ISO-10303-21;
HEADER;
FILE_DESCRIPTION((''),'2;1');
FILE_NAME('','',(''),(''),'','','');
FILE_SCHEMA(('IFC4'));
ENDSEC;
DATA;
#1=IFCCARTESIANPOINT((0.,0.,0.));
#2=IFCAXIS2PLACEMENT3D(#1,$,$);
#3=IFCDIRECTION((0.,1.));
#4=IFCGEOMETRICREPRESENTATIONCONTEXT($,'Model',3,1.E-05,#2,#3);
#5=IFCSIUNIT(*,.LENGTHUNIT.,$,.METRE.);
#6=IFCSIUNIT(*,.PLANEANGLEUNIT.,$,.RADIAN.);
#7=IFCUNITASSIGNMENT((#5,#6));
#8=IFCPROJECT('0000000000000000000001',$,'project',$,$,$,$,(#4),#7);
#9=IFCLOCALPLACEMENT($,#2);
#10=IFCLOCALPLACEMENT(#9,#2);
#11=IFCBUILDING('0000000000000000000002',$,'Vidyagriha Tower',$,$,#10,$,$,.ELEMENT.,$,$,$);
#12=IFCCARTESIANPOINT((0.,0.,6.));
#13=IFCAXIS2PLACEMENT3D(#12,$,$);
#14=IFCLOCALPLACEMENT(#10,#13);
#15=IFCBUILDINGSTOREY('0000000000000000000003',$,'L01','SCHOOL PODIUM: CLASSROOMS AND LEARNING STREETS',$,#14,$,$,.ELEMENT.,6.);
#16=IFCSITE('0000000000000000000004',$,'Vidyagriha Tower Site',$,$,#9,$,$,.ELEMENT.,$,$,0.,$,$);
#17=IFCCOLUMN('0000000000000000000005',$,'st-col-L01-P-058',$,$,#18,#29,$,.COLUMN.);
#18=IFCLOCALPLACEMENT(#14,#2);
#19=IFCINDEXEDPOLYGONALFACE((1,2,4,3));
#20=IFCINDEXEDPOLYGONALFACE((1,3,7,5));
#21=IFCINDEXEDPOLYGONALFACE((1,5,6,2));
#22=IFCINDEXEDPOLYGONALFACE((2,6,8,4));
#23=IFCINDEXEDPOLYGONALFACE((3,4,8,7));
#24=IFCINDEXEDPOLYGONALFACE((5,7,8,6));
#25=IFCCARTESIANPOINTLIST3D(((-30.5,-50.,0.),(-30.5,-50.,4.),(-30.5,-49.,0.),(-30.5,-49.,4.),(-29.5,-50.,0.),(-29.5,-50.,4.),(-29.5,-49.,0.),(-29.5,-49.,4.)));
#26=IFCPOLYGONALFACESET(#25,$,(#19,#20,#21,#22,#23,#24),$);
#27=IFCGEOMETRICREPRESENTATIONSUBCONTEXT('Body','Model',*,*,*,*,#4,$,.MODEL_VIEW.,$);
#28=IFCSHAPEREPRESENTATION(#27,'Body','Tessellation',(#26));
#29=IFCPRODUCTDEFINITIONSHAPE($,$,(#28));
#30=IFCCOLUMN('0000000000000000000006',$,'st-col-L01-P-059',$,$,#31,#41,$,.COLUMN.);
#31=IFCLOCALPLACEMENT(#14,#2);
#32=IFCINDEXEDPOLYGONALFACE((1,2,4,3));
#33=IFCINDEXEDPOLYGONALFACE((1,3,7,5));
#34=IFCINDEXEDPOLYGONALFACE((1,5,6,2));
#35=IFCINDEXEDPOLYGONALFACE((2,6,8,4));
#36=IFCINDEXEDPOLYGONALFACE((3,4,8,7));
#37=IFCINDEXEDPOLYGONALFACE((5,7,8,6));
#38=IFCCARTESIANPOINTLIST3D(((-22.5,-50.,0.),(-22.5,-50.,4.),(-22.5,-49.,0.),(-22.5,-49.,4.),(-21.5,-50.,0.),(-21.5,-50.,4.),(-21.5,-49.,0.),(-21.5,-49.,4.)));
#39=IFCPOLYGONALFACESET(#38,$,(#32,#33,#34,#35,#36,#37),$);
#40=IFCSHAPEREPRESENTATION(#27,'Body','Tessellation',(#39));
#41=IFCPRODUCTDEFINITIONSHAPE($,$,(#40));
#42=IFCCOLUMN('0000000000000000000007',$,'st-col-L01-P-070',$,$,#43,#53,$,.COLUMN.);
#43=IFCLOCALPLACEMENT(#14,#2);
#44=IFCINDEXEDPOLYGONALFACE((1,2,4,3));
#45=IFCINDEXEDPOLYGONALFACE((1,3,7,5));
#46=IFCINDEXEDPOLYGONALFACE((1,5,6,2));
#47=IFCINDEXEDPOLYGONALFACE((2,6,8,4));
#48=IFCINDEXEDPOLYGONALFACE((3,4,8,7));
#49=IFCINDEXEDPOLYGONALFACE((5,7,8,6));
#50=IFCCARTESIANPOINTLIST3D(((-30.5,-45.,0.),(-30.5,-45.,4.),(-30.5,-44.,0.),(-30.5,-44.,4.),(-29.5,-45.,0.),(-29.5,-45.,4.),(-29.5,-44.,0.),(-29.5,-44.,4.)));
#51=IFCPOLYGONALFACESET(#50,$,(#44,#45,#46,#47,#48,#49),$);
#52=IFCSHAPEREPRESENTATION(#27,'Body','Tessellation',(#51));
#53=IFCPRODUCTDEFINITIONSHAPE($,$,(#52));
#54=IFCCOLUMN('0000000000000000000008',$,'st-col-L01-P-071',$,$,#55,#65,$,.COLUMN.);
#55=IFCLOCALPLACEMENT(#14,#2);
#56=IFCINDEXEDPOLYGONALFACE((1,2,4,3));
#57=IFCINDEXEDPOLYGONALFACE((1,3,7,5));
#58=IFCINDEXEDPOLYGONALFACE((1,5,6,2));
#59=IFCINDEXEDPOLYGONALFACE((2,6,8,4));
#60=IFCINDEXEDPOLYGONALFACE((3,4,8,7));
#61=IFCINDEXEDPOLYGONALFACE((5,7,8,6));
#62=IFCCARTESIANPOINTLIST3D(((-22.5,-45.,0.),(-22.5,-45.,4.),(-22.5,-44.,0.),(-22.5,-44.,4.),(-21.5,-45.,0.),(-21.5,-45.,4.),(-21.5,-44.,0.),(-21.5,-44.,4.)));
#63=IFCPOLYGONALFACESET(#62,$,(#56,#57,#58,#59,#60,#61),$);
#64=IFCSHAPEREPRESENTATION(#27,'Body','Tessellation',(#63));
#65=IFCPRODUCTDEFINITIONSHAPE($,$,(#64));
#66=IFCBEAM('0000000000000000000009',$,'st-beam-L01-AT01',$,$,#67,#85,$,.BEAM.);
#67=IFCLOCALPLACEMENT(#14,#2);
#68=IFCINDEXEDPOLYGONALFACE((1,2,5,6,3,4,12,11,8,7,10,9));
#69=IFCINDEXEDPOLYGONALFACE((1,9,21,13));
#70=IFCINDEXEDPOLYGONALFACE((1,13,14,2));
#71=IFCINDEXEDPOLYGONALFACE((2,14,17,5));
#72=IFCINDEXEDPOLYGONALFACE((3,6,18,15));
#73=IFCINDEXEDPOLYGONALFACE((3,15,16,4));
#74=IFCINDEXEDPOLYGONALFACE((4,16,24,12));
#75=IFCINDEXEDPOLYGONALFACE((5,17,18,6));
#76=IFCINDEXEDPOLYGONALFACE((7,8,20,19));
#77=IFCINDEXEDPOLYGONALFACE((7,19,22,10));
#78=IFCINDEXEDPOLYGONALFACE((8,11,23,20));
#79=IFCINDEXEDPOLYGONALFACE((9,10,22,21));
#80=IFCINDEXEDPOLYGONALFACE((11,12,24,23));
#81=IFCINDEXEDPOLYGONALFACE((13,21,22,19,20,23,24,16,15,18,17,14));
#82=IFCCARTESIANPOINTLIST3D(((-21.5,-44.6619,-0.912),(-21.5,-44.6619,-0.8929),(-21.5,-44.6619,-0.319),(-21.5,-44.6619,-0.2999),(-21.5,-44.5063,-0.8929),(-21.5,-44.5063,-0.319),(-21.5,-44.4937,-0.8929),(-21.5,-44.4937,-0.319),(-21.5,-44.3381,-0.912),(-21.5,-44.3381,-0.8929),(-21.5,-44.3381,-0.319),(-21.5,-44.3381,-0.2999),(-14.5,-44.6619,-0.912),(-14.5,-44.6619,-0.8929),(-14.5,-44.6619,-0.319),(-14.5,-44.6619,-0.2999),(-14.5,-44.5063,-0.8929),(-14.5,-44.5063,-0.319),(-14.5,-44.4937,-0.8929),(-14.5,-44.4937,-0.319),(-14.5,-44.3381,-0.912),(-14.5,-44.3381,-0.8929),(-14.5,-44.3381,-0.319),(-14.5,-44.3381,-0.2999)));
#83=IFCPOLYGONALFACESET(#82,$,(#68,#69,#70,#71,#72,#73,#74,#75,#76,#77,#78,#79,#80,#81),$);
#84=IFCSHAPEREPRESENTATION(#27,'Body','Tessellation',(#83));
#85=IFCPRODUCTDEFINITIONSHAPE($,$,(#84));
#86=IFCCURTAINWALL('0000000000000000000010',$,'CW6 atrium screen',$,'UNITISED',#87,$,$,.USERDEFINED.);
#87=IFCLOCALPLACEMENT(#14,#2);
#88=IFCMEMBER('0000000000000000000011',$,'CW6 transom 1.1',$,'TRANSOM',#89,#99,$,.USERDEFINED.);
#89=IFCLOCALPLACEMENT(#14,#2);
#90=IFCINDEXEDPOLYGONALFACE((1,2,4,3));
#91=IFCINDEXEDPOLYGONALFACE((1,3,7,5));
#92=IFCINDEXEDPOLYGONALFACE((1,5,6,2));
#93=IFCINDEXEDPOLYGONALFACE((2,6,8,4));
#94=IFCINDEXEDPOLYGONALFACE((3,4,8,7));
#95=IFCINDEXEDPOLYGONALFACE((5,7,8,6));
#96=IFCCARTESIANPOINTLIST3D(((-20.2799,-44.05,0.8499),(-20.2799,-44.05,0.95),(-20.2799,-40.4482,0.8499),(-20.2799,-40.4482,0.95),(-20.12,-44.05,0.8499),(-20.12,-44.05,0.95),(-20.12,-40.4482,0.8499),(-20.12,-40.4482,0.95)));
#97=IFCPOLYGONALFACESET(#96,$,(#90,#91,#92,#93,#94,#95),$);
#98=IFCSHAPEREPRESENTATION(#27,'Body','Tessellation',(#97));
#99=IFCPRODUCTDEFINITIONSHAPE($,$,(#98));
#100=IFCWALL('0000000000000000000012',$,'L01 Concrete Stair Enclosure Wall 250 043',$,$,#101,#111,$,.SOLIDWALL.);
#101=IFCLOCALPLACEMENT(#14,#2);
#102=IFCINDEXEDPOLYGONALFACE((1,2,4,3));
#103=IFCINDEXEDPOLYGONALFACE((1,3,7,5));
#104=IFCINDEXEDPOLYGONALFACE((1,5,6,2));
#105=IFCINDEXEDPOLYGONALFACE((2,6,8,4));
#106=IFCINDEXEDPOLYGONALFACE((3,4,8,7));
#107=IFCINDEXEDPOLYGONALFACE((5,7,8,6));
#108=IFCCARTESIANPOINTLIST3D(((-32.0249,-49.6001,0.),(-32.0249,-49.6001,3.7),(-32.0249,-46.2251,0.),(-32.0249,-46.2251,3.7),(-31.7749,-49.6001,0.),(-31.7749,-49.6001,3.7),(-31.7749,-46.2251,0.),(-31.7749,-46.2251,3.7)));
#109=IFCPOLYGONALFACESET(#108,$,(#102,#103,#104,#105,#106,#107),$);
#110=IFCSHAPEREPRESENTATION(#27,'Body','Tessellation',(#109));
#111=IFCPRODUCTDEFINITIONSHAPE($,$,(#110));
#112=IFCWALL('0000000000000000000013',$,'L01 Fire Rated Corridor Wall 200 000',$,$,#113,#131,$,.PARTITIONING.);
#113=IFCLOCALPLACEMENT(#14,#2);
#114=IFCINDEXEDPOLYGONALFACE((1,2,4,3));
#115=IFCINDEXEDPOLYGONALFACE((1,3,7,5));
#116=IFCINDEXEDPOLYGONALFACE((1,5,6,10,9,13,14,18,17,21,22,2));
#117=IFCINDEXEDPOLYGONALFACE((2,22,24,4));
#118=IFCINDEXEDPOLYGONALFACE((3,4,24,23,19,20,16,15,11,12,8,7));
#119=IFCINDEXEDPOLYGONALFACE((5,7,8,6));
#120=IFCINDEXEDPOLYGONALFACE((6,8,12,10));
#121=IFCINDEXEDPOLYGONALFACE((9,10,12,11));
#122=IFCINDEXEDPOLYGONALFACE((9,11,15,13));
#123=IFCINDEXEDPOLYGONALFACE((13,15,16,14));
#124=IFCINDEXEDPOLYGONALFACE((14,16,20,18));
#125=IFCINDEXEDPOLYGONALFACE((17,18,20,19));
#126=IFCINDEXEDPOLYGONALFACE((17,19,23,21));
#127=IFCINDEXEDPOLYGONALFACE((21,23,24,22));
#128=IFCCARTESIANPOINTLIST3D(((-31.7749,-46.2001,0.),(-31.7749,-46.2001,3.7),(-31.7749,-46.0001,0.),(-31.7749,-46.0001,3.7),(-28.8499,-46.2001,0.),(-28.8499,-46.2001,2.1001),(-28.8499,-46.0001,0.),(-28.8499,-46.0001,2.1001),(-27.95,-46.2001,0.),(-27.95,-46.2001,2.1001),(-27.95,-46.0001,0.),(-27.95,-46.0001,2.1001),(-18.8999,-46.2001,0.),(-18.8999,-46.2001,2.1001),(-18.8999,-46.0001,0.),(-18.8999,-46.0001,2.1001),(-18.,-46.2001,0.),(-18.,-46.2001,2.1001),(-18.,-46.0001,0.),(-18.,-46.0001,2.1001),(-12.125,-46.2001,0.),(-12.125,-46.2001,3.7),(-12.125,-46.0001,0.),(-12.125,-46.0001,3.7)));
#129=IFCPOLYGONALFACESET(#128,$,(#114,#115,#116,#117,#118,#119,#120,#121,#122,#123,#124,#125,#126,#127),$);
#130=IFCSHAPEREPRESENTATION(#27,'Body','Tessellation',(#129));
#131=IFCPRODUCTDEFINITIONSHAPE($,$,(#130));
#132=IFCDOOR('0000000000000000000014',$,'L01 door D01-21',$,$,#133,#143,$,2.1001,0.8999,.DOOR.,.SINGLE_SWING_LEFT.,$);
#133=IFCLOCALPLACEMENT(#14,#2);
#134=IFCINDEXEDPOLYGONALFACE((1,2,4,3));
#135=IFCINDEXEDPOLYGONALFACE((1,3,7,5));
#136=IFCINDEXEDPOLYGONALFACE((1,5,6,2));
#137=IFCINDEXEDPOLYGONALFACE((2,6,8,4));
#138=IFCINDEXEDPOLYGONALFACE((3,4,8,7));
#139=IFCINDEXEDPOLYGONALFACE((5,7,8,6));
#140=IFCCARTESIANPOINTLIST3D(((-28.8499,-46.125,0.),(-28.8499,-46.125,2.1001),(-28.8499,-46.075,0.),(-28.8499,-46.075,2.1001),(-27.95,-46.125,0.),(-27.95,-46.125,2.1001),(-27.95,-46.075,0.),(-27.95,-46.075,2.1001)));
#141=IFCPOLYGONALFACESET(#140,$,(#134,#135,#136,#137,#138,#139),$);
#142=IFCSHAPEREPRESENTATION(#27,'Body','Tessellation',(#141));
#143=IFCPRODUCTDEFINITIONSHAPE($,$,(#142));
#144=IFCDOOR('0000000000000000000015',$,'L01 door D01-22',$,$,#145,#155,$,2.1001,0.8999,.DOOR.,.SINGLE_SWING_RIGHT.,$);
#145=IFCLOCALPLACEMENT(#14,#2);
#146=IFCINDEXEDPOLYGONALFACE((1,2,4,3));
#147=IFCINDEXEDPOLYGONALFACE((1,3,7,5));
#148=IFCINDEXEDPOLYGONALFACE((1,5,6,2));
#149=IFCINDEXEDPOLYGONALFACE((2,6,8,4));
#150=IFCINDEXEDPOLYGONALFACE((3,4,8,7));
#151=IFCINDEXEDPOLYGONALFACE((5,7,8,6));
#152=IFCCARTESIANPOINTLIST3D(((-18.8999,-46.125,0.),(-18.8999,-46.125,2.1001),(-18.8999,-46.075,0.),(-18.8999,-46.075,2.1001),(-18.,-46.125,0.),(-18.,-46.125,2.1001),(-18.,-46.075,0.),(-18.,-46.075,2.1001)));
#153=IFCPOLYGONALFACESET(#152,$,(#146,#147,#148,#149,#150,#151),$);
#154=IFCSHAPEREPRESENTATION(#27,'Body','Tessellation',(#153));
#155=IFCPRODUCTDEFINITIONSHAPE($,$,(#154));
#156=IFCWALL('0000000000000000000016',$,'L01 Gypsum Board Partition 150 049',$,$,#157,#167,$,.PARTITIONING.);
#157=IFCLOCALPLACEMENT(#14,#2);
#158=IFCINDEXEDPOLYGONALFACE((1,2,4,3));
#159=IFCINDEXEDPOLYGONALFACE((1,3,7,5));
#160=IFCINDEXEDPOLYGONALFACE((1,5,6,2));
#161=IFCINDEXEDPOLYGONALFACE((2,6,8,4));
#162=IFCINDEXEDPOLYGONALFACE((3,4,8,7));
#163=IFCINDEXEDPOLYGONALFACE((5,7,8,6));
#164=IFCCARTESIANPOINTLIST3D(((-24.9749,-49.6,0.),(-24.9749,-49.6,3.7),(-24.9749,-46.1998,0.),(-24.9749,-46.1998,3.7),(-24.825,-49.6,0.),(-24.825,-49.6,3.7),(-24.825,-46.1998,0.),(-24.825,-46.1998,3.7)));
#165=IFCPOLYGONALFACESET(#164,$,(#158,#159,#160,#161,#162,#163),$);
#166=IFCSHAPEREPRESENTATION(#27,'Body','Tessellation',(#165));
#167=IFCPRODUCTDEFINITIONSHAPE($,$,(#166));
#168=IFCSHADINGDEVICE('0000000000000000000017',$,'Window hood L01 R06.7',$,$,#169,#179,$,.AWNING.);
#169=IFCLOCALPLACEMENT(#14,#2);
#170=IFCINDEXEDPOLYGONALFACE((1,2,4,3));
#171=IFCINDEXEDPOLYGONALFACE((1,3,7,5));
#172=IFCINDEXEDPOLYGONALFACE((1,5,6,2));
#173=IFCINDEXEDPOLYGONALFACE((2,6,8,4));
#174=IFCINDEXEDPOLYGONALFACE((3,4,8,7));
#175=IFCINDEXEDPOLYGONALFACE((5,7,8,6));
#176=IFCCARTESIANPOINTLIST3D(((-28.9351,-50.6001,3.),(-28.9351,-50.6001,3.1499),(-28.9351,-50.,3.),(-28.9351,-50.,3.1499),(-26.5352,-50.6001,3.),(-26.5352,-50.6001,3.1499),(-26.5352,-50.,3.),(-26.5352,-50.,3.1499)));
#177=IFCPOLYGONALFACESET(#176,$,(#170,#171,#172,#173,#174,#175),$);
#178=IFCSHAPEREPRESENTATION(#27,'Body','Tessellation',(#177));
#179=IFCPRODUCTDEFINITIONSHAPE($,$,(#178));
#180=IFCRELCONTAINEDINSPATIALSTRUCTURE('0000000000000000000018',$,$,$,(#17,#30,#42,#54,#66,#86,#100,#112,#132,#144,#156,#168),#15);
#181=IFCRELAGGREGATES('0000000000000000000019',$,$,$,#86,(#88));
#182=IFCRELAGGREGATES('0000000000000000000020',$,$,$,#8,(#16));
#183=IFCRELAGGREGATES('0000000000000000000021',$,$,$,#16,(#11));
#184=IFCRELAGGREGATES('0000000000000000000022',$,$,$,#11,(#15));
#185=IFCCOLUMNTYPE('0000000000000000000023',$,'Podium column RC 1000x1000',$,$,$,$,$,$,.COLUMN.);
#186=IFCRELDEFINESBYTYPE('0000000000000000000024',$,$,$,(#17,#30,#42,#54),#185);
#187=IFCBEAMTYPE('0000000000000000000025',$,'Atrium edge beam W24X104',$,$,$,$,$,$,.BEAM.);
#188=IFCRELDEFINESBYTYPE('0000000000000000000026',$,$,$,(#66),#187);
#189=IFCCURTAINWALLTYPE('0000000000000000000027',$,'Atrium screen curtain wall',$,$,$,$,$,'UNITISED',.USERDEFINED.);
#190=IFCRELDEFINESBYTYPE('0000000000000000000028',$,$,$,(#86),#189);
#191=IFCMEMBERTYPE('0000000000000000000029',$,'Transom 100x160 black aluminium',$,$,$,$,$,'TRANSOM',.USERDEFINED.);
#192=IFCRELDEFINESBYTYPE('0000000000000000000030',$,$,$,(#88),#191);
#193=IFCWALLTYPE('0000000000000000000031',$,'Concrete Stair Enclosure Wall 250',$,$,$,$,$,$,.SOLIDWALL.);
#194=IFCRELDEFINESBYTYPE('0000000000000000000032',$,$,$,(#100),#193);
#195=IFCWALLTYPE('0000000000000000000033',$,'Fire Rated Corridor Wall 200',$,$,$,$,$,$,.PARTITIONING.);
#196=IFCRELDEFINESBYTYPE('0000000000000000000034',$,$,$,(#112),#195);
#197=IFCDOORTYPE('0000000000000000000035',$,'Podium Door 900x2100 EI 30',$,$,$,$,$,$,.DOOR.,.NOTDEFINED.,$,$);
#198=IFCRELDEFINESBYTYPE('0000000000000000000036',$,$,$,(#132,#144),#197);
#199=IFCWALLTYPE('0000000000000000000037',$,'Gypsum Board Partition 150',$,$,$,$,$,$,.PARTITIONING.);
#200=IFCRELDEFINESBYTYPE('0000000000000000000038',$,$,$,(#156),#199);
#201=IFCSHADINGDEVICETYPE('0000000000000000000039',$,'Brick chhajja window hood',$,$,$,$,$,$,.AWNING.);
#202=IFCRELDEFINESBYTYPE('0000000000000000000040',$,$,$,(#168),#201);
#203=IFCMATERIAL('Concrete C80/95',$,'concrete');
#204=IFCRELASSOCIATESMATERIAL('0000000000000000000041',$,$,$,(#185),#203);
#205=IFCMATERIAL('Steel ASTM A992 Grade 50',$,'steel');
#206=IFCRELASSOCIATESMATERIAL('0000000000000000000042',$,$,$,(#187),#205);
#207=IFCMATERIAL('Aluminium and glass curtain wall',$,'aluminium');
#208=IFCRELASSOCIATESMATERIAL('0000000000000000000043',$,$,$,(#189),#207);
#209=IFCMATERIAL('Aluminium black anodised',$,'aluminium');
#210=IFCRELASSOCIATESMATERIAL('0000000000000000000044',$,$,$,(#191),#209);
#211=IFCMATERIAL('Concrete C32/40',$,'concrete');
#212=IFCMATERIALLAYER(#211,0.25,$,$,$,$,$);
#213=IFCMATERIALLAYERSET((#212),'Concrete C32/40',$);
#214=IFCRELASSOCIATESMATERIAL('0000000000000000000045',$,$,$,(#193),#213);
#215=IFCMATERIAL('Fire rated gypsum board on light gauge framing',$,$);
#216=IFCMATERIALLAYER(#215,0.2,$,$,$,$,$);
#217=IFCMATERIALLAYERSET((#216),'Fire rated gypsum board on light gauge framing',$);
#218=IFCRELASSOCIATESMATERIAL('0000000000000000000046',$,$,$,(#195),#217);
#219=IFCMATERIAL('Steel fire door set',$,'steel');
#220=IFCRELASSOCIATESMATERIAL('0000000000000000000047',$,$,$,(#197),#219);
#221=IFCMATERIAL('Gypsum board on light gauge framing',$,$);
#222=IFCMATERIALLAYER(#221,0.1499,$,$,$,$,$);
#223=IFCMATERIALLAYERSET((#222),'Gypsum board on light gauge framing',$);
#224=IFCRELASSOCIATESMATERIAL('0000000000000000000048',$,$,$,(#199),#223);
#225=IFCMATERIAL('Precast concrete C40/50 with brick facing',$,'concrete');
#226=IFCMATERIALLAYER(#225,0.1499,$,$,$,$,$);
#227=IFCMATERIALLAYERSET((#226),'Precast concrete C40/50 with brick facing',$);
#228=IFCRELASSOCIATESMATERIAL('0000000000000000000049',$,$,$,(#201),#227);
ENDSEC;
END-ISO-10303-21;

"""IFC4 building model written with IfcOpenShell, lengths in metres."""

from ifc_helpers import new_model, si_unit, direction, frame, frame_2d, origin, origin_2d, place, context, subcontext, project, spatial, rectangle, i_section, extrude, material, layer, layer_set, material_profile, profile_set, type_object, element, fill, aggregate, save


model = new_model("IFC4")

# Units and contexts
model_context = context("Model", 3, precision=1e-05, world=origin(), true_north=direction((0.0, 1.0)))
body_context = subcontext(model_context, "Body", "Model", "MODEL_VIEW")
ifc_project = project(units=[si_unit("LENGTHUNIT", "METRE"), si_unit("PLANEANGLEUNIT", "RADIAN")], contexts=[model_context])

# Site, building, storey
site_placement = place(None, origin())
site = spatial("IfcSite", under=ifc_project, at=site_placement, Name="Vidyagriha Tower Site", CompositionType="ELEMENT", RefElevation=0.0)
building_placement = place(site_placement, origin())
building = spatial("IfcBuilding", under=site, at=building_placement, Name="Vidyagriha Tower", CompositionType="ELEMENT")
storey_placement = place(building_placement, frame((0.0, 0.0, 6.0)))
storey = spatial("IfcBuildingStorey", under=building, at=storey_placement, Name="L01", Description="SCHOOL PODIUM: CLASSROOMS AND LEARNING STREETS", CompositionType="ELEMENT", Elevation=6.0)

# Columns
ifc_material_1 = material(Name="Concrete C80/95", Category="concrete")
ifc_material_profile_1 = material_profile(ifc_material_1, rectangle(XDim=1.0, YDim=1.0, at=origin_2d()), Name="RC 1000x1000")
ifc_profile_set_1 = profile_set([ifc_material_profile_1], Name="Concrete C80/95")
column_type = type_object("IfcColumnType", Name="Podium column RC 1000x1000", PredefinedType="COLUMN", material=ifc_profile_set_1)
for number, where, name in (
    (1, (-30.0, -49.5, 0.0), "st-col-L01-P-058"),
    (2, (-22.0, -49.5, 0.0), "st-col-L01-P-059"),
    (3, (-30.0, -44.5, 0.0), "st-col-L01-P-070"),
    (4, (-22.0, -44.5, 0.0), "st-col-L01-P-071"),
):
    element("IfcColumn", number, at=place(storey_placement, frame(where)), inside=storey, type_object=column_type, Name=name, PredefinedType="COLUMN", context=body_context, shape_type="SweptSolid", body=[
        extrude(rectangle(XDim=1.0, YDim=1.0, at=origin_2d()), origin(), (0.0, 0.0, 1.0), 4.0),
    ])

# Beam
ifc_material_2 = material(Name="Steel ASTM A992 Grade 50", Category="steel")
ifc_material_profile_2 = material_profile(ifc_material_2, i_section(OverallWidth=0.3237, OverallDepth=0.6121, WebThickness=0.0127, FlangeThickness=0.019, at=origin_2d()), Name="W24X104")
ifc_profile_set_2 = profile_set([ifc_material_profile_2], Name="Steel ASTM A992 Grade 50")
beam_type = type_object("IfcBeamType", Name="Atrium edge beam W24X104", PredefinedType="BEAM", material=ifc_profile_set_2)
beam_placement = place(storey_placement, frame((-21.5, -44.5, -0.606), z_axis=(1.0, 0.0, 0.0), x_axis=(0.0, 1.0, 0.0)))
element("IfcBeam", 5, at=beam_placement, inside=storey, type_object=beam_type, Name="st-beam-L01-AT01", PredefinedType="BEAM", context=body_context, shape_type="SweptSolid", body=[
    extrude(i_section(OverallWidth=0.3237, OverallDepth=0.6121, WebThickness=0.0127, FlangeThickness=0.019, at=origin_2d()), origin(), (0.0, 0.0, 1.0), 7.0),
])

# Curtain wall, member
ifc_material_3 = material(Name="Aluminium and glass curtain wall", Category="aluminium")
curtain_wall_type = type_object("IfcCurtainWallType", Name="Atrium screen curtain wall", ElementType="UNITISED", PredefinedType="USERDEFINED", material=ifc_material_3)
curtain_wall_placement = place(storey_placement, origin())
curtain_wall = element("IfcCurtainWall", 6, at=curtain_wall_placement, inside=storey, type_object=curtain_wall_type, Name="CW6 atrium screen", ObjectType="UNITISED", PredefinedType="USERDEFINED")
ifc_material_4 = material(Name="Aluminium black anodised", Category="aluminium")
ifc_material_profile_3 = material_profile(ifc_material_4, rectangle(XDim=0.1599, YDim=0.1001, at=origin_2d()), Name="Transom 100x160 black aluminium")
ifc_profile_set_3 = profile_set([ifc_material_profile_3], Name="Aluminium black anodised")
member_type = type_object("IfcMemberType", Name="Transom 100x160 black aluminium", ElementType="TRANSOM", PredefinedType="USERDEFINED", material=ifc_profile_set_3)
member_placement = place(storey_placement, frame((-20.2, -44.05, 0.8999), z_axis=(0.0, 1.0, 0.0), x_axis=(-1.0, 0.0, 0.0)))
member = element("IfcMember", 7, at=member_placement, type_object=member_type, Name="CW6 transom 1.1", ObjectType="TRANSOM", PredefinedType="USERDEFINED", context=body_context, shape_type="SweptSolid", body=[
    extrude(rectangle(XDim=0.1599, YDim=0.1001, at=origin_2d()), origin(), (0.0, 0.0, 1.0), 3.6018),
])
aggregate(curtain_wall, [member])

# Wall
ifc_material_5 = material(Name="Concrete C32/40", Category="concrete")
ifc_layer_1 = layer(ifc_material_5, 0.25)
ifc_layer_set_1 = layer_set([ifc_layer_1], Name="Concrete C32/40")
wall_type_1 = type_object("IfcWallType", Name="Concrete Stair Enclosure Wall 250", PredefinedType="SOLIDWALL", material=ifc_layer_set_1)
wall_1_placement = place(storey_placement, frame((-31.8999, -49.6001, 0.0), z_axis=(0.0, 0.0, 1.0), x_axis=(0.0, 1.0, 0.0)))
element("IfcWall", 8, at=wall_1_placement, inside=storey, type_object=wall_type_1, Name="L01 Concrete Stair Enclosure Wall 250 043", PredefinedType="SOLIDWALL", context=body_context, shape_type="SweptSolid", body=[
    extrude(rectangle(XDim=3.375, YDim=0.25, at=frame_2d((1.6875, 0.0))), origin(), (0.0, 0.0, 1.0), 3.7),
])

# Wall, openings, doors
ifc_material_6 = material(Name="Fire rated gypsum board on light gauge framing")
ifc_layer_2 = layer(ifc_material_6, 0.2)
ifc_layer_set_2 = layer_set([ifc_layer_2], Name="Fire rated gypsum board on light gauge framing")
wall_type_2 = type_object("IfcWallType", Name="Fire Rated Corridor Wall 200", PredefinedType="PARTITIONING", material=ifc_layer_set_2)
wall_2_placement = place(storey_placement, frame((-31.7749, -46.1001, 0.0)))
wall_2 = element("IfcWall", 9, at=wall_2_placement, inside=storey, type_object=wall_type_2, Name="L01 Fire Rated Corridor Wall 200 000", PredefinedType="PARTITIONING", context=body_context, shape_type="SweptSolid", body=[
    extrude(rectangle(XDim=19.6499, YDim=0.2, at=frame_2d((9.825, 0.0))), origin(), (0.0, 0.0, 1.0), 3.7),
])
opening_1_placement = place(wall_2_placement, frame((2.925, 0.0, 0.0)))
opening_1 = element("IfcOpeningElement", 10, at=opening_1_placement, cuts=wall_2, PredefinedType="OPENING", context=body_context, shape_type="SweptSolid", body=[
    extrude(rectangle(XDim=0.8999, YDim=2.1001, at=frame_2d((0.45, 1.05))), frame((0.0, 0.1099, 0.0), z_axis=(0.0, -1.0, 0.0), x_axis=(1.0, 0.0, 0.0)), (0.0, 0.0, 1.0), 0.22),
])
opening_2_placement = place(wall_2_placement, frame((12.875, 0.0, 0.0)))
opening_2 = element("IfcOpeningElement", 11, at=opening_2_placement, cuts=wall_2, PredefinedType="OPENING", context=body_context, shape_type="SweptSolid", body=[
    extrude(rectangle(XDim=0.8999, YDim=2.1001, at=frame_2d((0.45, 1.05))), frame((0.0, 0.1099, 0.0), z_axis=(0.0, -1.0, 0.0), x_axis=(1.0, 0.0, 0.0)), (0.0, 0.0, 1.0), 0.22),
])
ifc_material_7 = material(Name="Steel fire door set", Category="steel")
door_type = type_object("IfcDoorType", Name="Podium Door 900x2100 EI 30", OperationType="NOTDEFINED", PredefinedType="DOOR", material=ifc_material_7)
door_1_placement = place(opening_1_placement, frame((0.8999, 0.0, 0.0), z_axis=(0.0, 0.0, 1.0), x_axis=(-1.0, 0.0, 0.0)))
door_1 = element("IfcDoor", 12, at=door_1_placement, inside=storey, type_object=door_type, Name="L01 door D01-21", OperationType="SINGLE_SWING_LEFT", OverallHeight=2.1001, OverallWidth=0.8999, PredefinedType="DOOR", context=body_context, shape_type="SweptSolid", body=[
    extrude(rectangle(XDim=0.8999, YDim=2.1001, at=frame_2d((0.45, 1.05))), frame((0.0, 0.0249, 0.0), z_axis=(0.0, -1.0, 0.0), x_axis=(1.0, 0.0, 0.0)), (0.0, 0.0, 1.0), 0.05),
])
fill(opening_1, door_1)
door_2_placement = place(opening_2_placement, frame((0.8999, 0.0, 0.0), z_axis=(0.0, 0.0, 1.0), x_axis=(-1.0, 0.0, 0.0)))
door_2 = element("IfcDoor", 13, at=door_2_placement, inside=storey, type_object=door_type, Name="L01 door D01-22", OperationType="SINGLE_SWING_RIGHT", OverallHeight=2.1001, OverallWidth=0.8999, PredefinedType="DOOR", context=body_context, shape_type="SweptSolid", body=[
    extrude(rectangle(XDim=0.8999, YDim=2.1001, at=frame_2d((0.45, 1.05))), frame((0.0, 0.0249, 0.0), z_axis=(0.0, -1.0, 0.0), x_axis=(1.0, 0.0, 0.0)), (0.0, 0.0, 1.0), 0.05),
])
fill(opening_2, door_2)

# Wall
ifc_material_8 = material(Name="Gypsum board on light gauge framing")
ifc_layer_3 = layer(ifc_material_8, 0.1499)
ifc_layer_set_3 = layer_set([ifc_layer_3], Name="Gypsum board on light gauge framing")
wall_type_3 = type_object("IfcWallType", Name="Gypsum Board Partition 150", PredefinedType="PARTITIONING", material=ifc_layer_set_3)
wall_3_placement = place(storey_placement, frame((-24.8999, -49.6001, 0.0), z_axis=(0.0, 0.0, 1.0), x_axis=(0.0, 1.0, 0.0)))
element("IfcWall", 14, at=wall_3_placement, inside=storey, type_object=wall_type_3, Name="L01 Gypsum Board Partition 150 049", PredefinedType="PARTITIONING", context=body_context, shape_type="SweptSolid", body=[
    extrude(rectangle(XDim=3.4001, YDim=0.1499, at=frame_2d((1.7002, 0.0))), origin(), (0.0, 0.0, 1.0), 3.7),
])

# Shading device
ifc_material_9 = material(Name="Precast concrete C40/50 with brick facing", Category="concrete")
ifc_layer_4 = layer(ifc_material_9, 0.1499)
ifc_layer_set_4 = layer_set([ifc_layer_4], Name="Precast concrete C40/50 with brick facing")
shading_device_type_1 = type_object("IfcShadingDeviceType", Name="Brick chhajja window hood", PredefinedType="AWNING", material=ifc_layer_set_4)
shading_device_placement = place(storey_placement, frame((-27.7351, -50.3, 3.0)))
element("IfcShadingDevice", 15, at=shading_device_placement, inside=storey, type_object=shading_device_type_1, Name="Window hood L01 R06.7", PredefinedType="AWNING", context=body_context, shape_type="SweptSolid", body=[
    extrude(rectangle(XDim=2.3999, YDim=0.6001, at=origin_2d()), origin(), (0.0, 0.0, 1.0), 0.1499),
])

save(model, "model.ifc")
